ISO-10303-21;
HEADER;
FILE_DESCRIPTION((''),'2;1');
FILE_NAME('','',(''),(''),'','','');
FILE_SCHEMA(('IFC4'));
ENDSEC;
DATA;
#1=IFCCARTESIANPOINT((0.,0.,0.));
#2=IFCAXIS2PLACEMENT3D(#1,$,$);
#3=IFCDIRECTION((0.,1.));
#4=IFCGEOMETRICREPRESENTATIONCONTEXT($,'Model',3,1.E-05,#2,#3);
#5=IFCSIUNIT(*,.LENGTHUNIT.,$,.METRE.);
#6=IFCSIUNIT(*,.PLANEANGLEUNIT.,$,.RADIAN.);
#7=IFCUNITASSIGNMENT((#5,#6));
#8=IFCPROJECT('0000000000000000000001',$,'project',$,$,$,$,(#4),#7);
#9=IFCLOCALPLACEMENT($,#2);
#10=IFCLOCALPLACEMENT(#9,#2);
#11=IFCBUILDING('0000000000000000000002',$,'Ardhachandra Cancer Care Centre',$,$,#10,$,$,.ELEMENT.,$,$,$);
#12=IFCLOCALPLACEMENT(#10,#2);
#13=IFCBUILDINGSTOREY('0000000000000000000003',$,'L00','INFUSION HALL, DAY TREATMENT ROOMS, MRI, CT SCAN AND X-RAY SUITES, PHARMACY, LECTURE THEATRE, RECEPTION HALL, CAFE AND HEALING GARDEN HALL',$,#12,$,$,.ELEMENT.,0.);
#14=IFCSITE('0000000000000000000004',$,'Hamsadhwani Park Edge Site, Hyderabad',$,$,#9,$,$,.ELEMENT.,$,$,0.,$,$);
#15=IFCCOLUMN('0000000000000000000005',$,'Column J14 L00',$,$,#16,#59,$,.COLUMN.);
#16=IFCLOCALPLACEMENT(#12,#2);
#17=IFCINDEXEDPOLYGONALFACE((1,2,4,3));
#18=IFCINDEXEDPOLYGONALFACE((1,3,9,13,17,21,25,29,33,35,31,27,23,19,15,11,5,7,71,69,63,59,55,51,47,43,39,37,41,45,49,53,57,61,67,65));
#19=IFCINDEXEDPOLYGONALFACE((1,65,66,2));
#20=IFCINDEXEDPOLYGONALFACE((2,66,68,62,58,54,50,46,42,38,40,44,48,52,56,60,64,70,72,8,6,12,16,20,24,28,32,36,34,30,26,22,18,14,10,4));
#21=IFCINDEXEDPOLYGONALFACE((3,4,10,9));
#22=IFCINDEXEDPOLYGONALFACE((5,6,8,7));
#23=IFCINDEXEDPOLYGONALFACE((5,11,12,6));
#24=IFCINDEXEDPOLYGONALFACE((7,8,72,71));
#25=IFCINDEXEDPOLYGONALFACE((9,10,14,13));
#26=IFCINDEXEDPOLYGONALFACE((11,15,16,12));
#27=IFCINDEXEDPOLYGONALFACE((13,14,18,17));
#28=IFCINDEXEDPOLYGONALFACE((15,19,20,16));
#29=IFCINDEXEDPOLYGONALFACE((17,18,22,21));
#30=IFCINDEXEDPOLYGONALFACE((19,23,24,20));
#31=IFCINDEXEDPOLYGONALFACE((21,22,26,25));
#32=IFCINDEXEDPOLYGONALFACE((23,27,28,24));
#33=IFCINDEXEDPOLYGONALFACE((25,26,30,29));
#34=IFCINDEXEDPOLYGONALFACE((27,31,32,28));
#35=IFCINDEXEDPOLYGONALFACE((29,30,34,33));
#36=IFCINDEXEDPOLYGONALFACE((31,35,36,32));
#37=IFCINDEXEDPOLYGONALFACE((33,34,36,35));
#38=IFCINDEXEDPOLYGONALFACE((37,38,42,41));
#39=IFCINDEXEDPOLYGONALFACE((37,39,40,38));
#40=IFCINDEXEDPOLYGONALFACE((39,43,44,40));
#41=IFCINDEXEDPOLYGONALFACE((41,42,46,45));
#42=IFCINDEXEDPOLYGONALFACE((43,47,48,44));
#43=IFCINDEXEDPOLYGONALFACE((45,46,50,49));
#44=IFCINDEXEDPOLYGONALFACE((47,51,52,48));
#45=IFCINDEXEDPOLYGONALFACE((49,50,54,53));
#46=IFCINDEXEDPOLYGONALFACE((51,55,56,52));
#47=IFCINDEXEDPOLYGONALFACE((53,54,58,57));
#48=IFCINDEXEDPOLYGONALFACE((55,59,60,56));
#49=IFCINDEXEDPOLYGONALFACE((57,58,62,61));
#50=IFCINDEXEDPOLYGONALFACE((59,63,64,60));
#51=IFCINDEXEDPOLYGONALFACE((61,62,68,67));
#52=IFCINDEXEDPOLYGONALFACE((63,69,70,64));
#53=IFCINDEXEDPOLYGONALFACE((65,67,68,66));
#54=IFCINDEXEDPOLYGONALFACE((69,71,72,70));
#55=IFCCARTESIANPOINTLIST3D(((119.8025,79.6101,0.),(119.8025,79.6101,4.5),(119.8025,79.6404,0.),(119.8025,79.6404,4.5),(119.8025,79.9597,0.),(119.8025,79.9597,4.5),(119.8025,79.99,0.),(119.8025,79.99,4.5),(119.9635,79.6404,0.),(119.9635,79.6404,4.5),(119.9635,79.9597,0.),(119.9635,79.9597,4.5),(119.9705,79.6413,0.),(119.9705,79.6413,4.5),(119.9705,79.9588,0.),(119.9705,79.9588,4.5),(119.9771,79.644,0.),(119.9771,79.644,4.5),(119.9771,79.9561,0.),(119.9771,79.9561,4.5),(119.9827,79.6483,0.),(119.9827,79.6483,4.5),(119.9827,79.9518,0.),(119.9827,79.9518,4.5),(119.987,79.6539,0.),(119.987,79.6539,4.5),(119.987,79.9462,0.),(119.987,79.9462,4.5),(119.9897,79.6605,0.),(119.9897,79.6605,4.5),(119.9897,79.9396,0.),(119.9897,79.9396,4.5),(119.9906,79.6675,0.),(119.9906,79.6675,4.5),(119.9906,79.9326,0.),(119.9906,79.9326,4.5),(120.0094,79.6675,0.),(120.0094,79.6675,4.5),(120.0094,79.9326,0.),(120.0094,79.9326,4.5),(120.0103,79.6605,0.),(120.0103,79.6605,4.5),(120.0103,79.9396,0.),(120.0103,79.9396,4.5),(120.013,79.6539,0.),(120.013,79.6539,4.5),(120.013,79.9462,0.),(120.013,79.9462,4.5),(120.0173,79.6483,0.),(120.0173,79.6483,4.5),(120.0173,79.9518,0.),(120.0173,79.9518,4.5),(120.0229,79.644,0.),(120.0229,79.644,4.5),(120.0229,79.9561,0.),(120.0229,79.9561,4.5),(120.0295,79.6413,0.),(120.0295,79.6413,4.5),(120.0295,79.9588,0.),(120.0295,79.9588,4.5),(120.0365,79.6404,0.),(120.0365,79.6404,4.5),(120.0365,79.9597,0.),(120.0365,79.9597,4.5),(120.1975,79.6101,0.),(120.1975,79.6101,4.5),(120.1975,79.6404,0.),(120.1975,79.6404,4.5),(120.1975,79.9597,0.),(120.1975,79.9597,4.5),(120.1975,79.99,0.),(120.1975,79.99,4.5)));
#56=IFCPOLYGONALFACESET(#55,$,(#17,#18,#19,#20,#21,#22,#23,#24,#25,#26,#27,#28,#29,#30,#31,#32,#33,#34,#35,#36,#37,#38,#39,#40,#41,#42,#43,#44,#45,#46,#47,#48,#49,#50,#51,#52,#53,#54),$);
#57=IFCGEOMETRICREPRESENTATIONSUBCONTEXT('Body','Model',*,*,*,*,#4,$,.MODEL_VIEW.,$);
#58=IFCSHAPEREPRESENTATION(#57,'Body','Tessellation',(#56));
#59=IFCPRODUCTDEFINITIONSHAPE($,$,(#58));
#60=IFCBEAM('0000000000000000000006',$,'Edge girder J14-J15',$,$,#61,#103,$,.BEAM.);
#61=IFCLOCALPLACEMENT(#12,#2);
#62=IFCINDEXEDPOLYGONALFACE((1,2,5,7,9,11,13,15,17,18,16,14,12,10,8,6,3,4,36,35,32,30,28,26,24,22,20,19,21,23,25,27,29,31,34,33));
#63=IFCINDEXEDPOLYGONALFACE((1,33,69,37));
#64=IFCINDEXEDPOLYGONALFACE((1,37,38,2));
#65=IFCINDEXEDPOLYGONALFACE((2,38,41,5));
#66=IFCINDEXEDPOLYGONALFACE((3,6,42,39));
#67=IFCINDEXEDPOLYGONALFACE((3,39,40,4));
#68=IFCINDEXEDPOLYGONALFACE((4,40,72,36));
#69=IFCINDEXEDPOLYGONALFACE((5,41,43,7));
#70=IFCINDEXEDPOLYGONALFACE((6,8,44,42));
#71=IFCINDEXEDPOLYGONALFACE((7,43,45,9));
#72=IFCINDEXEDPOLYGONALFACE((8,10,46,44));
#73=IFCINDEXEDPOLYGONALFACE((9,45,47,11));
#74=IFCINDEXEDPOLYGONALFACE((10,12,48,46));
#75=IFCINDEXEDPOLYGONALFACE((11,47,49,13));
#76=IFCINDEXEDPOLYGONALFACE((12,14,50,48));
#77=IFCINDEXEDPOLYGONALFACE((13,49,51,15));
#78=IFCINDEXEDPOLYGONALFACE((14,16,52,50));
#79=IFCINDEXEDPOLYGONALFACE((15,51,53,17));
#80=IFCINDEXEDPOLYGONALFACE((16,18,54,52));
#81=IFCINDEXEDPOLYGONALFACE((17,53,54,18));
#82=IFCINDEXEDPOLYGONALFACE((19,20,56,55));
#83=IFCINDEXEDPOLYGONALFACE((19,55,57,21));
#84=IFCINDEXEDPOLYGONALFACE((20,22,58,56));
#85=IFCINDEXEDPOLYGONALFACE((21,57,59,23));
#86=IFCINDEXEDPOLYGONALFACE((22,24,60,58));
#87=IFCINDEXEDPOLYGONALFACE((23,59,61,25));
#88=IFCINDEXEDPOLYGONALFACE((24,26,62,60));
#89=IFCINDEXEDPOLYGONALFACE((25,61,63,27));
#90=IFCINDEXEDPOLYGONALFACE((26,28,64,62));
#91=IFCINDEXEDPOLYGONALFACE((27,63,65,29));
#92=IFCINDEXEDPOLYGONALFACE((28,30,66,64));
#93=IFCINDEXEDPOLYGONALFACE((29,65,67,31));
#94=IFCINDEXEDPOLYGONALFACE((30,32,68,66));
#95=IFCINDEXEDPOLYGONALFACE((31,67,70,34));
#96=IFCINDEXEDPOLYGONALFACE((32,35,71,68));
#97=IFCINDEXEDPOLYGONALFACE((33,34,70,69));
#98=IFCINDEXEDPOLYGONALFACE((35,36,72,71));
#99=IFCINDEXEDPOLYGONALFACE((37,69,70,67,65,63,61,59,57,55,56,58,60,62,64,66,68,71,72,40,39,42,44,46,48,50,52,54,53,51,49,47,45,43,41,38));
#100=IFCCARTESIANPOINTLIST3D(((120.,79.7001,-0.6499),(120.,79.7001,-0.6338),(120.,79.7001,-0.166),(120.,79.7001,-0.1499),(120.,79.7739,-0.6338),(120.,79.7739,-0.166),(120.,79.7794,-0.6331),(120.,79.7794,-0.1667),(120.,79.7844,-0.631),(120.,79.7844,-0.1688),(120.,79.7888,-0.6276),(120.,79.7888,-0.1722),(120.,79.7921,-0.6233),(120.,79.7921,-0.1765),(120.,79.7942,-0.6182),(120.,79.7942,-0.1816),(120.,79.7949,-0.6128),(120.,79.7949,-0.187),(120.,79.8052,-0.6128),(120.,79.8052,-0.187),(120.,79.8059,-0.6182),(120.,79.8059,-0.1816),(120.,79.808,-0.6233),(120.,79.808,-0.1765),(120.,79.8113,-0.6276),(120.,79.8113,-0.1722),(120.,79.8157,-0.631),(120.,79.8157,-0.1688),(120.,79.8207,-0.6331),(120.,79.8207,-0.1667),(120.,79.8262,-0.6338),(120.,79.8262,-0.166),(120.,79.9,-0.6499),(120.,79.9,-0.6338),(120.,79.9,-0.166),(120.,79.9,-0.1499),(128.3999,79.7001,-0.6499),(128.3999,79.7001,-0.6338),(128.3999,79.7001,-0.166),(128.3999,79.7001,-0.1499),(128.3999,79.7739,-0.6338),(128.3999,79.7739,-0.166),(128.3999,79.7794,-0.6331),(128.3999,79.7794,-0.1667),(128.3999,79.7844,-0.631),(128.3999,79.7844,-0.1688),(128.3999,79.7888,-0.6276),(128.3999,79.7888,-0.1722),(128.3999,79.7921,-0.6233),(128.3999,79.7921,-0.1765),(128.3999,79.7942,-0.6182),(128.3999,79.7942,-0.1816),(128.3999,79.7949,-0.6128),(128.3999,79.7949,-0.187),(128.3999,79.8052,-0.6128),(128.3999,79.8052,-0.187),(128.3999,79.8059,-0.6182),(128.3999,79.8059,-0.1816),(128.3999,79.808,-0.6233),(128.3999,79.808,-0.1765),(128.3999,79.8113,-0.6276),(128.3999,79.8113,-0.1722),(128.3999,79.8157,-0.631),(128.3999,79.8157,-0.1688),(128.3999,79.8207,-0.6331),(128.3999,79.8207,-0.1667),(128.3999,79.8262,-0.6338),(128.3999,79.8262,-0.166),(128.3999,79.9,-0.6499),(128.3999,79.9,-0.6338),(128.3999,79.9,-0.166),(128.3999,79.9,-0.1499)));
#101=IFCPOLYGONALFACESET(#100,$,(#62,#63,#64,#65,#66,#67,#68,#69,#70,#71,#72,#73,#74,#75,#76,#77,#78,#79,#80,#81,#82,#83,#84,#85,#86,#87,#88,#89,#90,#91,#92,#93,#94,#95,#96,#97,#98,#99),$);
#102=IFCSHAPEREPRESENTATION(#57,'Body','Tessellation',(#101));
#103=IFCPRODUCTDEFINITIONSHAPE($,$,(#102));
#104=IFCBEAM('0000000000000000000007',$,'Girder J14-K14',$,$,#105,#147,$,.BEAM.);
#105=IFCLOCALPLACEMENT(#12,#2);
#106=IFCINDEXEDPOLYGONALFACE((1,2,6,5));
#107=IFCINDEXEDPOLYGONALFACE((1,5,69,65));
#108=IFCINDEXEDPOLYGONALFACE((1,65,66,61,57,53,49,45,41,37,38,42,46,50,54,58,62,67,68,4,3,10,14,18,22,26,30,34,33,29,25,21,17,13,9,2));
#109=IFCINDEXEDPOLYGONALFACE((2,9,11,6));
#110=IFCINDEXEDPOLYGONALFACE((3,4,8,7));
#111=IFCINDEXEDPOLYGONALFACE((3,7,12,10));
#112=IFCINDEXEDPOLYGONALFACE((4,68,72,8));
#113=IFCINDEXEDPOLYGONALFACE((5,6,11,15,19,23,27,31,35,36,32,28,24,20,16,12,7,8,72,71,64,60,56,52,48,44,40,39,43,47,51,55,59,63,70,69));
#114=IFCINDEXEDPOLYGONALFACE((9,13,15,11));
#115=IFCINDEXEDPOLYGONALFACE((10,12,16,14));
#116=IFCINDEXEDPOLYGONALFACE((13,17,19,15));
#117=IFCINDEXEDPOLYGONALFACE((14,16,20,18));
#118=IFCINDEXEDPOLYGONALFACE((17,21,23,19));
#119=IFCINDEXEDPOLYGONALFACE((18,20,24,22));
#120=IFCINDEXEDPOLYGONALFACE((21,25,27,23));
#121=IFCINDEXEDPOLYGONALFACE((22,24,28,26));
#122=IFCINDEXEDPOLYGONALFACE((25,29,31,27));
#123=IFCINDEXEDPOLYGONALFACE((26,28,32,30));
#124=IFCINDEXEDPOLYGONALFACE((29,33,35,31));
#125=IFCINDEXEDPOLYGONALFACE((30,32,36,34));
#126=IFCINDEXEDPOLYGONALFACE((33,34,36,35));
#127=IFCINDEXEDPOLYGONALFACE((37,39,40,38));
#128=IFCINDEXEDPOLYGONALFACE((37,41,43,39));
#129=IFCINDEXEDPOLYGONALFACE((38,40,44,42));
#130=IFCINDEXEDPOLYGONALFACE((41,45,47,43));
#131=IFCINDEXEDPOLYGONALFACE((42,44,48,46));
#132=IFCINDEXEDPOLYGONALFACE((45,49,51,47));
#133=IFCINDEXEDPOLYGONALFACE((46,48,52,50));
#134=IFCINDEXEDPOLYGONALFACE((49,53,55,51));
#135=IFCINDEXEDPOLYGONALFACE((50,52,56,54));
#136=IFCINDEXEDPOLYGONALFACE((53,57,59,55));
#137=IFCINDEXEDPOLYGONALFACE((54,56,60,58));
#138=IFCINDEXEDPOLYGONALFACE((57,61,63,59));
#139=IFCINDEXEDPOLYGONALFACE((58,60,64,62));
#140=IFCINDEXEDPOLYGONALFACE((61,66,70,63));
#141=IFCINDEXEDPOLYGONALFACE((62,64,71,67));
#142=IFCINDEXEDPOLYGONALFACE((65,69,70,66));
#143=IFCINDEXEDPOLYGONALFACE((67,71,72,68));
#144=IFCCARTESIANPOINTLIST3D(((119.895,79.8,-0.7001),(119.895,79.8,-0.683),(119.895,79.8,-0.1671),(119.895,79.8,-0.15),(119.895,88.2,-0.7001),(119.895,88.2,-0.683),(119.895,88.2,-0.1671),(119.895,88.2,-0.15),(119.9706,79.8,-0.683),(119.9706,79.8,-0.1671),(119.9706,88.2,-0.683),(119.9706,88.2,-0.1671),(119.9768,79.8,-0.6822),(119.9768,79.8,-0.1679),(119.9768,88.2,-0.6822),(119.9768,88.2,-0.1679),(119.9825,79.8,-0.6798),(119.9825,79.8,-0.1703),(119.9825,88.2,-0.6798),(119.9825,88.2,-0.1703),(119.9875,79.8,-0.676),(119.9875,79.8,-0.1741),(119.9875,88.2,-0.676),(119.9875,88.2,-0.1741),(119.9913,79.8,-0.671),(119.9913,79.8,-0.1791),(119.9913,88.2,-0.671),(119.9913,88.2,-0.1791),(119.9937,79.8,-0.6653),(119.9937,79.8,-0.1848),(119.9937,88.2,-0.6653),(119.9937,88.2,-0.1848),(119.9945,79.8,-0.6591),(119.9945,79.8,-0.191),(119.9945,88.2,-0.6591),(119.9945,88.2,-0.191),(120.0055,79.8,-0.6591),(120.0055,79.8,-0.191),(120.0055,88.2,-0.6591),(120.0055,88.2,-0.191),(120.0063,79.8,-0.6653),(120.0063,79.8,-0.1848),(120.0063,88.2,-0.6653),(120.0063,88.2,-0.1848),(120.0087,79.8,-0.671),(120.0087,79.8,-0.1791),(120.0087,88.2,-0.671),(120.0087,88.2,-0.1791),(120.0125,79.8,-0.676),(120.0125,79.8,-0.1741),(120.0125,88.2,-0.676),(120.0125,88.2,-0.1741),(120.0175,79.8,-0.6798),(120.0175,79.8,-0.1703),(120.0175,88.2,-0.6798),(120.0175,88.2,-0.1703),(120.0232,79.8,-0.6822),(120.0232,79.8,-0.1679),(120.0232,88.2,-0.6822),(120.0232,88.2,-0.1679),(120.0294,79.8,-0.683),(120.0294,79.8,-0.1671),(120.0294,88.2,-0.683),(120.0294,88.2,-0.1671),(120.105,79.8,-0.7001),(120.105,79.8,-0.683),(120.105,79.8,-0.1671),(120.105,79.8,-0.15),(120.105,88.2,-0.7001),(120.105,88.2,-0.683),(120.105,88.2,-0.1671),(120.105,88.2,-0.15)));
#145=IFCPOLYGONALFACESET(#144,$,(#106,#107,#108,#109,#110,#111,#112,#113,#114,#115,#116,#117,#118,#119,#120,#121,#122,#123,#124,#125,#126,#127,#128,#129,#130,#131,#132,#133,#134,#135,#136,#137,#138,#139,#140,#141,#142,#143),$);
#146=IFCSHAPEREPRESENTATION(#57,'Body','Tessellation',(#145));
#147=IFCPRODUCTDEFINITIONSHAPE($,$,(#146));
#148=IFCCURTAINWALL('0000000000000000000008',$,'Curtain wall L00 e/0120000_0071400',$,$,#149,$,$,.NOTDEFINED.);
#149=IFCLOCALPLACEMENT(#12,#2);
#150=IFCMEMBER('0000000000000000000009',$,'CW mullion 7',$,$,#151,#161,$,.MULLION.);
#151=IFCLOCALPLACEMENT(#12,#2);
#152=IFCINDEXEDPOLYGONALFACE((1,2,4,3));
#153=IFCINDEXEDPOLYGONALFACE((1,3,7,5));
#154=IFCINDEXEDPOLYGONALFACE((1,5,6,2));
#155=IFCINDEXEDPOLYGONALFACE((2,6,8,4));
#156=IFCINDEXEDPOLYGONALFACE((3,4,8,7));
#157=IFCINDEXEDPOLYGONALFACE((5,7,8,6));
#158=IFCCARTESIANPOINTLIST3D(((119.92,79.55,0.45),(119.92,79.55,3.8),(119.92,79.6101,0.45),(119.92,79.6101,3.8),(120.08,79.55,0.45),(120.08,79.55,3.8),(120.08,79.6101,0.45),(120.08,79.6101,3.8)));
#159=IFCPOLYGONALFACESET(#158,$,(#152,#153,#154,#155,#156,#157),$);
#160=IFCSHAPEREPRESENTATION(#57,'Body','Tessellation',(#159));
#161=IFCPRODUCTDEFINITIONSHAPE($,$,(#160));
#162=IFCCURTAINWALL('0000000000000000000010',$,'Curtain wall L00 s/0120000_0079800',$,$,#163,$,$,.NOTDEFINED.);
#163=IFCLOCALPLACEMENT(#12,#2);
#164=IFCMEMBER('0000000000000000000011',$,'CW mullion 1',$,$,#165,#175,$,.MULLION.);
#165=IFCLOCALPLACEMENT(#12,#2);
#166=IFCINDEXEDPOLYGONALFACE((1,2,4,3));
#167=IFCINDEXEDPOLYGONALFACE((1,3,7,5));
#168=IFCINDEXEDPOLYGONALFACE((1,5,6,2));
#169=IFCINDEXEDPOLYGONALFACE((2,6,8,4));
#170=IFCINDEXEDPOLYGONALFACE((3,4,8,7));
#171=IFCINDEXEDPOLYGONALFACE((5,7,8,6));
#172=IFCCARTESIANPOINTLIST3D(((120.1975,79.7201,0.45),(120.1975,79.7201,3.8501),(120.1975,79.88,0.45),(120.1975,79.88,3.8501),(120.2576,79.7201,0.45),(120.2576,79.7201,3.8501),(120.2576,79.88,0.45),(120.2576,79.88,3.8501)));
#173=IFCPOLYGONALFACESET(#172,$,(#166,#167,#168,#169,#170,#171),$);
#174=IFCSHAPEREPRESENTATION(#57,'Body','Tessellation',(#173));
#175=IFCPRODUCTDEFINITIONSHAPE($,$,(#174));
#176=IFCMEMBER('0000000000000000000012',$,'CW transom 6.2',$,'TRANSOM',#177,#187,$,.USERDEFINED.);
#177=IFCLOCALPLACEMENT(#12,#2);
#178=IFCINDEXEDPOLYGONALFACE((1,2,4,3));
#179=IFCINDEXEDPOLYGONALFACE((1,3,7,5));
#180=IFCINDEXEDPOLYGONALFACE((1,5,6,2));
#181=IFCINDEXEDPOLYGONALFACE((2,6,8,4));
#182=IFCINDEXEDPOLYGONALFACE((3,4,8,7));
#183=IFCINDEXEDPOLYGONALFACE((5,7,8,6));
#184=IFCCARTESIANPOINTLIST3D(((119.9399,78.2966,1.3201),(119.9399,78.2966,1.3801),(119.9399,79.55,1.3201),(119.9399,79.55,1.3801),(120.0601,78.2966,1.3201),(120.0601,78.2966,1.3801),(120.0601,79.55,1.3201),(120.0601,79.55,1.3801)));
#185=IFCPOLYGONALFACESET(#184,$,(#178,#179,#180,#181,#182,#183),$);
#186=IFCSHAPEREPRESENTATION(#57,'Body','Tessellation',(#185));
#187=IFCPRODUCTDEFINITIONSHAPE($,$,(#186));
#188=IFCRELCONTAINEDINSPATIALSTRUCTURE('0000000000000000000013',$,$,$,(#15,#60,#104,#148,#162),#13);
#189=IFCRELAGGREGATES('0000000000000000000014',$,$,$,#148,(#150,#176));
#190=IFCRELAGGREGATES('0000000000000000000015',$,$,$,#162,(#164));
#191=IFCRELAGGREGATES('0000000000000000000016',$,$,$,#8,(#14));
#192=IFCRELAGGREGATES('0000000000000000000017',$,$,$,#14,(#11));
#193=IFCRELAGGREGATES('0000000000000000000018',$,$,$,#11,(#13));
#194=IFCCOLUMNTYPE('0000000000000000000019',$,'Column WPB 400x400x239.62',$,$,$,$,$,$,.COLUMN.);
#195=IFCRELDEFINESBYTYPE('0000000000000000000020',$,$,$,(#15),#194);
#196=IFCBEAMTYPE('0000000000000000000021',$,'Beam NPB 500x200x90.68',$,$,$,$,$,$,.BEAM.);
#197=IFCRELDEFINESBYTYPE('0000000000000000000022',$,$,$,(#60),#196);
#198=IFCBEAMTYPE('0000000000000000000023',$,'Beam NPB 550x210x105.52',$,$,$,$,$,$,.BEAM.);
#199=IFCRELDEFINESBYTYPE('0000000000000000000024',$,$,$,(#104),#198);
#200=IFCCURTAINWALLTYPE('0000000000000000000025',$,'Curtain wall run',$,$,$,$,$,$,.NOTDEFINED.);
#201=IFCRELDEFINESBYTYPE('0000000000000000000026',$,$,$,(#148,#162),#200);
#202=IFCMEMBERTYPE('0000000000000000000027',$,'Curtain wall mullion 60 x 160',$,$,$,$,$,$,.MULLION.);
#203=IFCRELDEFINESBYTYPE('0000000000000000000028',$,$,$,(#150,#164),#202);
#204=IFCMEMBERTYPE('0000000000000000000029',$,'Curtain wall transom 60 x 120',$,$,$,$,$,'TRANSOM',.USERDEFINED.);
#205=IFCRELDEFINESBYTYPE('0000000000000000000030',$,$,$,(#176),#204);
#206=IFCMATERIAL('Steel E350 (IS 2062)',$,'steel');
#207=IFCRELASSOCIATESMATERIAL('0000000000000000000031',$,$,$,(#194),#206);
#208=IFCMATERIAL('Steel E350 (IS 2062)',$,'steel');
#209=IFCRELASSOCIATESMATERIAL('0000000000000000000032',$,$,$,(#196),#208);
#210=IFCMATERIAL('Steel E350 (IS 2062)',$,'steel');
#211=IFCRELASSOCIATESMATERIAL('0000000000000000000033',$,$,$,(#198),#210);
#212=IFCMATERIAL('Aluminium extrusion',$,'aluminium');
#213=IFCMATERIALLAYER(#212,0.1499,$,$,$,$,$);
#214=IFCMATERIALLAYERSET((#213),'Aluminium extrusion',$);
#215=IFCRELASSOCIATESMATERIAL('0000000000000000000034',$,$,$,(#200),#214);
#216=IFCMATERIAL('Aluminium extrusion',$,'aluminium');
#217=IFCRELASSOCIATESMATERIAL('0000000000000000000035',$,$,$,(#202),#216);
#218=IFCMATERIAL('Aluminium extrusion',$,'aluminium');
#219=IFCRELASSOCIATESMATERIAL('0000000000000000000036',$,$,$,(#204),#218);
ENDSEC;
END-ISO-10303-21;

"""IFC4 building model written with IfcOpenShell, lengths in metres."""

from ifc_helpers import new_model, si_unit, direction, frame, origin, origin_2d, place, context, subcontext, project, spatial, rectangle, i_section, extrude, material, layer, layer_set, material_profile, profile_set, type_object, element, aggregate, save


model = new_model("IFC4")

# Units and contexts
model_context = context("Model", 3, precision=1e-05, world=origin(), true_north=direction((0.0, 1.0)))
body_context = subcontext(model_context, "Body", "Model", "MODEL_VIEW")
ifc_project = project(units=[si_unit("LENGTHUNIT", "METRE"), si_unit("PLANEANGLEUNIT", "RADIAN")], contexts=[model_context])

# Site, building, storey
site_placement = place(None, origin())
site = spatial("IfcSite", under=ifc_project, at=site_placement, Name="Hamsadhwani Park Edge Site, Hyderabad", CompositionType="ELEMENT", RefElevation=0.0)
building_placement = place(site_placement, origin())
building = spatial("IfcBuilding", under=site, at=building_placement, Name="Ardhachandra Cancer Care Centre", CompositionType="ELEMENT")
storey_placement = place(building_placement, origin())
storey = spatial("IfcBuildingStorey", under=building, at=storey_placement, Name="L00", Description="INFUSION HALL, DAY TREATMENT ROOMS, MRI, CT SCAN AND X-RAY SUITES, PHARMACY, LECTURE THEATRE, RECEPTION HALL, CAFE AND HEALING GARDEN HALL", CompositionType="ELEMENT", Elevation=0.0)

# Column
ifc_material_1 = material(Name="Steel E350 (IS 2062)", Category="steel")
ifc_material_profile_1 = material_profile(ifc_material_1, i_section(OverallWidth=0.395, OverallDepth=0.3799, WebThickness=0.0188, FlangeThickness=0.0303, FilletRadius=0.0271, at=origin_2d()), Name="WPB 400x400x239.62")
ifc_profile_set_1 = profile_set([ifc_material_profile_1], Name="Steel E350 (IS 2062)")
column_type = type_object("IfcColumnType", Name="Column WPB 400x400x239.62", PredefinedType="COLUMN", material=ifc_profile_set_1)
column_placement = place(storey_placement, frame((120.0, 79.8, 0.0), z_axis=(0.0, 0.0, 1.0), x_axis=(1.0, 0.0, 0.0)))
element("IfcColumn", 1, at=column_placement, inside=storey, type_object=column_type, Name="Column J14 L00", PredefinedType="COLUMN", context=body_context, shape_type="SweptSolid", body=[
    extrude(i_section(OverallWidth=0.395, OverallDepth=0.3799, WebThickness=0.0188, FlangeThickness=0.0303, FilletRadius=0.0271, at=origin_2d()), origin(), (0.0, 0.0, 1.0), 4.5),
])

# Beams
ifc_material_2 = material(Name="Steel E350 (IS 2062)", Category="steel")
ifc_material_profile_2 = material_profile(ifc_material_2, i_section(OverallWidth=0.2, OverallDepth=0.5, WebThickness=0.0103, FlangeThickness=0.0161, FilletRadius=0.021, at=origin_2d()), Name="NPB 500x200x90.68")
ifc_profile_set_2 = profile_set([ifc_material_profile_2], Name="Steel E350 (IS 2062)")
beam_type_1 = type_object("IfcBeamType", Name="Beam NPB 500x200x90.68", PredefinedType="BEAM", material=ifc_profile_set_2)
beam_1_placement = place(storey_placement, frame((120.0, 79.8, -0.3999), z_axis=(1.0, 0.0, 0.0), x_axis=(0.0, 1.0, 0.0)))
element("IfcBeam", 2, at=beam_1_placement, inside=storey, type_object=beam_type_1, Name="Edge girder J14-J15", PredefinedType="BEAM", context=body_context, shape_type="SweptSolid", body=[
    extrude(i_section(OverallWidth=0.2, OverallDepth=0.5, WebThickness=0.0103, FlangeThickness=0.0161, FilletRadius=0.021, at=origin_2d()), origin(), (0.0, 0.0, 1.0), 8.3999),
])
ifc_material_3 = material(Name="Steel E350 (IS 2062)", Category="steel")
ifc_material_profile_3 = material_profile(ifc_material_3, i_section(OverallWidth=0.21, OverallDepth=0.55, WebThickness=0.011, FlangeThickness=0.0171, FilletRadius=0.0239, at=origin_2d()), Name="NPB 550x210x105.52")
ifc_profile_set_3 = profile_set([ifc_material_profile_3], Name="Steel E350 (IS 2062)")
beam_type_2 = type_object("IfcBeamType", Name="Beam NPB 550x210x105.52", PredefinedType="BEAM", material=ifc_profile_set_3)
beam_2_placement = place(storey_placement, frame((120.0, 79.8, -0.425), z_axis=(0.0, 1.0, 0.0), x_axis=(-1.0, 0.0, 0.0)))
element("IfcBeam", 3, at=beam_2_placement, inside=storey, type_object=beam_type_2, Name="Girder J14-K14", PredefinedType="BEAM", context=body_context, shape_type="SweptSolid", body=[
    extrude(i_section(OverallWidth=0.21, OverallDepth=0.55, WebThickness=0.011, FlangeThickness=0.0171, FilletRadius=0.0239, at=origin_2d()), origin(), (0.0, 0.0, 1.0), 8.3999),
])

# Curtain walls, members
ifc_material_4 = material(Name="Aluminium extrusion", Category="aluminium")
ifc_layer_1 = layer(ifc_material_4, 0.1499)
ifc_layer_set_1 = layer_set([ifc_layer_1], Name="Aluminium extrusion")
curtain_wall_type = type_object("IfcCurtainWallType", Name="Curtain wall run", PredefinedType="NOTDEFINED", material=ifc_layer_set_1)
curtain_wall_1_placement = place(storey_placement, origin())
curtain_wall_1 = element("IfcCurtainWall", 4, at=curtain_wall_1_placement, inside=storey, type_object=curtain_wall_type, Name="Curtain wall L00 e/0120000_0071400", PredefinedType="NOTDEFINED")
ifc_material_5 = material(Name="Aluminium extrusion", Category="aluminium")
ifc_material_profile_4 = material_profile(ifc_material_5, rectangle(XDim=0.1599, YDim=0.0601, at=origin_2d()), Name="Curtain wall mullion 60 x 160")
ifc_profile_set_4 = profile_set([ifc_material_profile_4], Name="Aluminium extrusion")
member_type_1 = type_object("IfcMemberType", Name="Curtain wall mullion 60 x 160", PredefinedType="MULLION", material=ifc_profile_set_4)
member_1_placement = place(storey_placement, frame((120.0, 79.5801, 0.45), z_axis=(0.0, 0.0, 1.0), x_axis=(-1.0, 0.0, 0.0)))
member_1 = element("IfcMember", 5, at=member_1_placement, type_object=member_type_1, Name="CW mullion 7", PredefinedType="MULLION", context=body_context, shape_type="SweptSolid", body=[
    extrude(rectangle(XDim=0.1599, YDim=0.0601, at=origin_2d()), origin(), (0.0, 0.0, 1.0), 3.3501),
])
curtain_wall_2_placement = place(storey_placement, origin())
curtain_wall_2 = element("IfcCurtainWall", 6, at=curtain_wall_2_placement, inside=storey, type_object=curtain_wall_type, Name="Curtain wall L00 s/0120000_0079800", PredefinedType="NOTDEFINED")
member_2_placement = place(storey_placement, frame((120.2275, 79.8, 0.45), z_axis=(0.0, 0.0, 1.0), x_axis=(0.0, 1.0, 0.0)))
member_2 = element("IfcMember", 7, at=member_2_placement, type_object=member_type_1, Name="CW mullion 1", PredefinedType="MULLION", context=body_context, shape_type="SweptSolid", body=[
    extrude(rectangle(XDim=0.1599, YDim=0.0601, at=origin_2d()), origin(), (0.0, 0.0, 1.0), 3.4001),
])

# Member
ifc_material_6 = material(Name="Aluminium extrusion", Category="aluminium")
ifc_material_profile_5 = material_profile(ifc_material_6, rectangle(XDim=0.1201, YDim=0.0601, at=origin_2d()), Name="Curtain wall transom 60 x 120")
ifc_profile_set_5 = profile_set([ifc_material_profile_5], Name="Aluminium extrusion")
member_type_2 = type_object("IfcMemberType", Name="Curtain wall transom 60 x 120", ElementType="TRANSOM", PredefinedType="USERDEFINED", material=ifc_profile_set_5)
member_3_placement = place(storey_placement, frame((120.0, 78.2966, 1.3501), z_axis=(0.0, 1.0, 0.0), x_axis=(-1.0, 0.0, 0.0)))
member_3 = element("IfcMember", 8, at=member_3_placement, type_object=member_type_2, Name="CW transom 6.2", ObjectType="TRANSOM", PredefinedType="USERDEFINED", context=body_context, shape_type="SweptSolid", body=[
    extrude(rectangle(XDim=0.1201, YDim=0.0601, at=origin_2d()), origin(), (0.0, 0.0, 1.0), 1.2534),
])

aggregate(curtain_wall_1, [member_1, member_3])
aggregate(curtain_wall_2, [member_2])

save(model, "model.ifc")
